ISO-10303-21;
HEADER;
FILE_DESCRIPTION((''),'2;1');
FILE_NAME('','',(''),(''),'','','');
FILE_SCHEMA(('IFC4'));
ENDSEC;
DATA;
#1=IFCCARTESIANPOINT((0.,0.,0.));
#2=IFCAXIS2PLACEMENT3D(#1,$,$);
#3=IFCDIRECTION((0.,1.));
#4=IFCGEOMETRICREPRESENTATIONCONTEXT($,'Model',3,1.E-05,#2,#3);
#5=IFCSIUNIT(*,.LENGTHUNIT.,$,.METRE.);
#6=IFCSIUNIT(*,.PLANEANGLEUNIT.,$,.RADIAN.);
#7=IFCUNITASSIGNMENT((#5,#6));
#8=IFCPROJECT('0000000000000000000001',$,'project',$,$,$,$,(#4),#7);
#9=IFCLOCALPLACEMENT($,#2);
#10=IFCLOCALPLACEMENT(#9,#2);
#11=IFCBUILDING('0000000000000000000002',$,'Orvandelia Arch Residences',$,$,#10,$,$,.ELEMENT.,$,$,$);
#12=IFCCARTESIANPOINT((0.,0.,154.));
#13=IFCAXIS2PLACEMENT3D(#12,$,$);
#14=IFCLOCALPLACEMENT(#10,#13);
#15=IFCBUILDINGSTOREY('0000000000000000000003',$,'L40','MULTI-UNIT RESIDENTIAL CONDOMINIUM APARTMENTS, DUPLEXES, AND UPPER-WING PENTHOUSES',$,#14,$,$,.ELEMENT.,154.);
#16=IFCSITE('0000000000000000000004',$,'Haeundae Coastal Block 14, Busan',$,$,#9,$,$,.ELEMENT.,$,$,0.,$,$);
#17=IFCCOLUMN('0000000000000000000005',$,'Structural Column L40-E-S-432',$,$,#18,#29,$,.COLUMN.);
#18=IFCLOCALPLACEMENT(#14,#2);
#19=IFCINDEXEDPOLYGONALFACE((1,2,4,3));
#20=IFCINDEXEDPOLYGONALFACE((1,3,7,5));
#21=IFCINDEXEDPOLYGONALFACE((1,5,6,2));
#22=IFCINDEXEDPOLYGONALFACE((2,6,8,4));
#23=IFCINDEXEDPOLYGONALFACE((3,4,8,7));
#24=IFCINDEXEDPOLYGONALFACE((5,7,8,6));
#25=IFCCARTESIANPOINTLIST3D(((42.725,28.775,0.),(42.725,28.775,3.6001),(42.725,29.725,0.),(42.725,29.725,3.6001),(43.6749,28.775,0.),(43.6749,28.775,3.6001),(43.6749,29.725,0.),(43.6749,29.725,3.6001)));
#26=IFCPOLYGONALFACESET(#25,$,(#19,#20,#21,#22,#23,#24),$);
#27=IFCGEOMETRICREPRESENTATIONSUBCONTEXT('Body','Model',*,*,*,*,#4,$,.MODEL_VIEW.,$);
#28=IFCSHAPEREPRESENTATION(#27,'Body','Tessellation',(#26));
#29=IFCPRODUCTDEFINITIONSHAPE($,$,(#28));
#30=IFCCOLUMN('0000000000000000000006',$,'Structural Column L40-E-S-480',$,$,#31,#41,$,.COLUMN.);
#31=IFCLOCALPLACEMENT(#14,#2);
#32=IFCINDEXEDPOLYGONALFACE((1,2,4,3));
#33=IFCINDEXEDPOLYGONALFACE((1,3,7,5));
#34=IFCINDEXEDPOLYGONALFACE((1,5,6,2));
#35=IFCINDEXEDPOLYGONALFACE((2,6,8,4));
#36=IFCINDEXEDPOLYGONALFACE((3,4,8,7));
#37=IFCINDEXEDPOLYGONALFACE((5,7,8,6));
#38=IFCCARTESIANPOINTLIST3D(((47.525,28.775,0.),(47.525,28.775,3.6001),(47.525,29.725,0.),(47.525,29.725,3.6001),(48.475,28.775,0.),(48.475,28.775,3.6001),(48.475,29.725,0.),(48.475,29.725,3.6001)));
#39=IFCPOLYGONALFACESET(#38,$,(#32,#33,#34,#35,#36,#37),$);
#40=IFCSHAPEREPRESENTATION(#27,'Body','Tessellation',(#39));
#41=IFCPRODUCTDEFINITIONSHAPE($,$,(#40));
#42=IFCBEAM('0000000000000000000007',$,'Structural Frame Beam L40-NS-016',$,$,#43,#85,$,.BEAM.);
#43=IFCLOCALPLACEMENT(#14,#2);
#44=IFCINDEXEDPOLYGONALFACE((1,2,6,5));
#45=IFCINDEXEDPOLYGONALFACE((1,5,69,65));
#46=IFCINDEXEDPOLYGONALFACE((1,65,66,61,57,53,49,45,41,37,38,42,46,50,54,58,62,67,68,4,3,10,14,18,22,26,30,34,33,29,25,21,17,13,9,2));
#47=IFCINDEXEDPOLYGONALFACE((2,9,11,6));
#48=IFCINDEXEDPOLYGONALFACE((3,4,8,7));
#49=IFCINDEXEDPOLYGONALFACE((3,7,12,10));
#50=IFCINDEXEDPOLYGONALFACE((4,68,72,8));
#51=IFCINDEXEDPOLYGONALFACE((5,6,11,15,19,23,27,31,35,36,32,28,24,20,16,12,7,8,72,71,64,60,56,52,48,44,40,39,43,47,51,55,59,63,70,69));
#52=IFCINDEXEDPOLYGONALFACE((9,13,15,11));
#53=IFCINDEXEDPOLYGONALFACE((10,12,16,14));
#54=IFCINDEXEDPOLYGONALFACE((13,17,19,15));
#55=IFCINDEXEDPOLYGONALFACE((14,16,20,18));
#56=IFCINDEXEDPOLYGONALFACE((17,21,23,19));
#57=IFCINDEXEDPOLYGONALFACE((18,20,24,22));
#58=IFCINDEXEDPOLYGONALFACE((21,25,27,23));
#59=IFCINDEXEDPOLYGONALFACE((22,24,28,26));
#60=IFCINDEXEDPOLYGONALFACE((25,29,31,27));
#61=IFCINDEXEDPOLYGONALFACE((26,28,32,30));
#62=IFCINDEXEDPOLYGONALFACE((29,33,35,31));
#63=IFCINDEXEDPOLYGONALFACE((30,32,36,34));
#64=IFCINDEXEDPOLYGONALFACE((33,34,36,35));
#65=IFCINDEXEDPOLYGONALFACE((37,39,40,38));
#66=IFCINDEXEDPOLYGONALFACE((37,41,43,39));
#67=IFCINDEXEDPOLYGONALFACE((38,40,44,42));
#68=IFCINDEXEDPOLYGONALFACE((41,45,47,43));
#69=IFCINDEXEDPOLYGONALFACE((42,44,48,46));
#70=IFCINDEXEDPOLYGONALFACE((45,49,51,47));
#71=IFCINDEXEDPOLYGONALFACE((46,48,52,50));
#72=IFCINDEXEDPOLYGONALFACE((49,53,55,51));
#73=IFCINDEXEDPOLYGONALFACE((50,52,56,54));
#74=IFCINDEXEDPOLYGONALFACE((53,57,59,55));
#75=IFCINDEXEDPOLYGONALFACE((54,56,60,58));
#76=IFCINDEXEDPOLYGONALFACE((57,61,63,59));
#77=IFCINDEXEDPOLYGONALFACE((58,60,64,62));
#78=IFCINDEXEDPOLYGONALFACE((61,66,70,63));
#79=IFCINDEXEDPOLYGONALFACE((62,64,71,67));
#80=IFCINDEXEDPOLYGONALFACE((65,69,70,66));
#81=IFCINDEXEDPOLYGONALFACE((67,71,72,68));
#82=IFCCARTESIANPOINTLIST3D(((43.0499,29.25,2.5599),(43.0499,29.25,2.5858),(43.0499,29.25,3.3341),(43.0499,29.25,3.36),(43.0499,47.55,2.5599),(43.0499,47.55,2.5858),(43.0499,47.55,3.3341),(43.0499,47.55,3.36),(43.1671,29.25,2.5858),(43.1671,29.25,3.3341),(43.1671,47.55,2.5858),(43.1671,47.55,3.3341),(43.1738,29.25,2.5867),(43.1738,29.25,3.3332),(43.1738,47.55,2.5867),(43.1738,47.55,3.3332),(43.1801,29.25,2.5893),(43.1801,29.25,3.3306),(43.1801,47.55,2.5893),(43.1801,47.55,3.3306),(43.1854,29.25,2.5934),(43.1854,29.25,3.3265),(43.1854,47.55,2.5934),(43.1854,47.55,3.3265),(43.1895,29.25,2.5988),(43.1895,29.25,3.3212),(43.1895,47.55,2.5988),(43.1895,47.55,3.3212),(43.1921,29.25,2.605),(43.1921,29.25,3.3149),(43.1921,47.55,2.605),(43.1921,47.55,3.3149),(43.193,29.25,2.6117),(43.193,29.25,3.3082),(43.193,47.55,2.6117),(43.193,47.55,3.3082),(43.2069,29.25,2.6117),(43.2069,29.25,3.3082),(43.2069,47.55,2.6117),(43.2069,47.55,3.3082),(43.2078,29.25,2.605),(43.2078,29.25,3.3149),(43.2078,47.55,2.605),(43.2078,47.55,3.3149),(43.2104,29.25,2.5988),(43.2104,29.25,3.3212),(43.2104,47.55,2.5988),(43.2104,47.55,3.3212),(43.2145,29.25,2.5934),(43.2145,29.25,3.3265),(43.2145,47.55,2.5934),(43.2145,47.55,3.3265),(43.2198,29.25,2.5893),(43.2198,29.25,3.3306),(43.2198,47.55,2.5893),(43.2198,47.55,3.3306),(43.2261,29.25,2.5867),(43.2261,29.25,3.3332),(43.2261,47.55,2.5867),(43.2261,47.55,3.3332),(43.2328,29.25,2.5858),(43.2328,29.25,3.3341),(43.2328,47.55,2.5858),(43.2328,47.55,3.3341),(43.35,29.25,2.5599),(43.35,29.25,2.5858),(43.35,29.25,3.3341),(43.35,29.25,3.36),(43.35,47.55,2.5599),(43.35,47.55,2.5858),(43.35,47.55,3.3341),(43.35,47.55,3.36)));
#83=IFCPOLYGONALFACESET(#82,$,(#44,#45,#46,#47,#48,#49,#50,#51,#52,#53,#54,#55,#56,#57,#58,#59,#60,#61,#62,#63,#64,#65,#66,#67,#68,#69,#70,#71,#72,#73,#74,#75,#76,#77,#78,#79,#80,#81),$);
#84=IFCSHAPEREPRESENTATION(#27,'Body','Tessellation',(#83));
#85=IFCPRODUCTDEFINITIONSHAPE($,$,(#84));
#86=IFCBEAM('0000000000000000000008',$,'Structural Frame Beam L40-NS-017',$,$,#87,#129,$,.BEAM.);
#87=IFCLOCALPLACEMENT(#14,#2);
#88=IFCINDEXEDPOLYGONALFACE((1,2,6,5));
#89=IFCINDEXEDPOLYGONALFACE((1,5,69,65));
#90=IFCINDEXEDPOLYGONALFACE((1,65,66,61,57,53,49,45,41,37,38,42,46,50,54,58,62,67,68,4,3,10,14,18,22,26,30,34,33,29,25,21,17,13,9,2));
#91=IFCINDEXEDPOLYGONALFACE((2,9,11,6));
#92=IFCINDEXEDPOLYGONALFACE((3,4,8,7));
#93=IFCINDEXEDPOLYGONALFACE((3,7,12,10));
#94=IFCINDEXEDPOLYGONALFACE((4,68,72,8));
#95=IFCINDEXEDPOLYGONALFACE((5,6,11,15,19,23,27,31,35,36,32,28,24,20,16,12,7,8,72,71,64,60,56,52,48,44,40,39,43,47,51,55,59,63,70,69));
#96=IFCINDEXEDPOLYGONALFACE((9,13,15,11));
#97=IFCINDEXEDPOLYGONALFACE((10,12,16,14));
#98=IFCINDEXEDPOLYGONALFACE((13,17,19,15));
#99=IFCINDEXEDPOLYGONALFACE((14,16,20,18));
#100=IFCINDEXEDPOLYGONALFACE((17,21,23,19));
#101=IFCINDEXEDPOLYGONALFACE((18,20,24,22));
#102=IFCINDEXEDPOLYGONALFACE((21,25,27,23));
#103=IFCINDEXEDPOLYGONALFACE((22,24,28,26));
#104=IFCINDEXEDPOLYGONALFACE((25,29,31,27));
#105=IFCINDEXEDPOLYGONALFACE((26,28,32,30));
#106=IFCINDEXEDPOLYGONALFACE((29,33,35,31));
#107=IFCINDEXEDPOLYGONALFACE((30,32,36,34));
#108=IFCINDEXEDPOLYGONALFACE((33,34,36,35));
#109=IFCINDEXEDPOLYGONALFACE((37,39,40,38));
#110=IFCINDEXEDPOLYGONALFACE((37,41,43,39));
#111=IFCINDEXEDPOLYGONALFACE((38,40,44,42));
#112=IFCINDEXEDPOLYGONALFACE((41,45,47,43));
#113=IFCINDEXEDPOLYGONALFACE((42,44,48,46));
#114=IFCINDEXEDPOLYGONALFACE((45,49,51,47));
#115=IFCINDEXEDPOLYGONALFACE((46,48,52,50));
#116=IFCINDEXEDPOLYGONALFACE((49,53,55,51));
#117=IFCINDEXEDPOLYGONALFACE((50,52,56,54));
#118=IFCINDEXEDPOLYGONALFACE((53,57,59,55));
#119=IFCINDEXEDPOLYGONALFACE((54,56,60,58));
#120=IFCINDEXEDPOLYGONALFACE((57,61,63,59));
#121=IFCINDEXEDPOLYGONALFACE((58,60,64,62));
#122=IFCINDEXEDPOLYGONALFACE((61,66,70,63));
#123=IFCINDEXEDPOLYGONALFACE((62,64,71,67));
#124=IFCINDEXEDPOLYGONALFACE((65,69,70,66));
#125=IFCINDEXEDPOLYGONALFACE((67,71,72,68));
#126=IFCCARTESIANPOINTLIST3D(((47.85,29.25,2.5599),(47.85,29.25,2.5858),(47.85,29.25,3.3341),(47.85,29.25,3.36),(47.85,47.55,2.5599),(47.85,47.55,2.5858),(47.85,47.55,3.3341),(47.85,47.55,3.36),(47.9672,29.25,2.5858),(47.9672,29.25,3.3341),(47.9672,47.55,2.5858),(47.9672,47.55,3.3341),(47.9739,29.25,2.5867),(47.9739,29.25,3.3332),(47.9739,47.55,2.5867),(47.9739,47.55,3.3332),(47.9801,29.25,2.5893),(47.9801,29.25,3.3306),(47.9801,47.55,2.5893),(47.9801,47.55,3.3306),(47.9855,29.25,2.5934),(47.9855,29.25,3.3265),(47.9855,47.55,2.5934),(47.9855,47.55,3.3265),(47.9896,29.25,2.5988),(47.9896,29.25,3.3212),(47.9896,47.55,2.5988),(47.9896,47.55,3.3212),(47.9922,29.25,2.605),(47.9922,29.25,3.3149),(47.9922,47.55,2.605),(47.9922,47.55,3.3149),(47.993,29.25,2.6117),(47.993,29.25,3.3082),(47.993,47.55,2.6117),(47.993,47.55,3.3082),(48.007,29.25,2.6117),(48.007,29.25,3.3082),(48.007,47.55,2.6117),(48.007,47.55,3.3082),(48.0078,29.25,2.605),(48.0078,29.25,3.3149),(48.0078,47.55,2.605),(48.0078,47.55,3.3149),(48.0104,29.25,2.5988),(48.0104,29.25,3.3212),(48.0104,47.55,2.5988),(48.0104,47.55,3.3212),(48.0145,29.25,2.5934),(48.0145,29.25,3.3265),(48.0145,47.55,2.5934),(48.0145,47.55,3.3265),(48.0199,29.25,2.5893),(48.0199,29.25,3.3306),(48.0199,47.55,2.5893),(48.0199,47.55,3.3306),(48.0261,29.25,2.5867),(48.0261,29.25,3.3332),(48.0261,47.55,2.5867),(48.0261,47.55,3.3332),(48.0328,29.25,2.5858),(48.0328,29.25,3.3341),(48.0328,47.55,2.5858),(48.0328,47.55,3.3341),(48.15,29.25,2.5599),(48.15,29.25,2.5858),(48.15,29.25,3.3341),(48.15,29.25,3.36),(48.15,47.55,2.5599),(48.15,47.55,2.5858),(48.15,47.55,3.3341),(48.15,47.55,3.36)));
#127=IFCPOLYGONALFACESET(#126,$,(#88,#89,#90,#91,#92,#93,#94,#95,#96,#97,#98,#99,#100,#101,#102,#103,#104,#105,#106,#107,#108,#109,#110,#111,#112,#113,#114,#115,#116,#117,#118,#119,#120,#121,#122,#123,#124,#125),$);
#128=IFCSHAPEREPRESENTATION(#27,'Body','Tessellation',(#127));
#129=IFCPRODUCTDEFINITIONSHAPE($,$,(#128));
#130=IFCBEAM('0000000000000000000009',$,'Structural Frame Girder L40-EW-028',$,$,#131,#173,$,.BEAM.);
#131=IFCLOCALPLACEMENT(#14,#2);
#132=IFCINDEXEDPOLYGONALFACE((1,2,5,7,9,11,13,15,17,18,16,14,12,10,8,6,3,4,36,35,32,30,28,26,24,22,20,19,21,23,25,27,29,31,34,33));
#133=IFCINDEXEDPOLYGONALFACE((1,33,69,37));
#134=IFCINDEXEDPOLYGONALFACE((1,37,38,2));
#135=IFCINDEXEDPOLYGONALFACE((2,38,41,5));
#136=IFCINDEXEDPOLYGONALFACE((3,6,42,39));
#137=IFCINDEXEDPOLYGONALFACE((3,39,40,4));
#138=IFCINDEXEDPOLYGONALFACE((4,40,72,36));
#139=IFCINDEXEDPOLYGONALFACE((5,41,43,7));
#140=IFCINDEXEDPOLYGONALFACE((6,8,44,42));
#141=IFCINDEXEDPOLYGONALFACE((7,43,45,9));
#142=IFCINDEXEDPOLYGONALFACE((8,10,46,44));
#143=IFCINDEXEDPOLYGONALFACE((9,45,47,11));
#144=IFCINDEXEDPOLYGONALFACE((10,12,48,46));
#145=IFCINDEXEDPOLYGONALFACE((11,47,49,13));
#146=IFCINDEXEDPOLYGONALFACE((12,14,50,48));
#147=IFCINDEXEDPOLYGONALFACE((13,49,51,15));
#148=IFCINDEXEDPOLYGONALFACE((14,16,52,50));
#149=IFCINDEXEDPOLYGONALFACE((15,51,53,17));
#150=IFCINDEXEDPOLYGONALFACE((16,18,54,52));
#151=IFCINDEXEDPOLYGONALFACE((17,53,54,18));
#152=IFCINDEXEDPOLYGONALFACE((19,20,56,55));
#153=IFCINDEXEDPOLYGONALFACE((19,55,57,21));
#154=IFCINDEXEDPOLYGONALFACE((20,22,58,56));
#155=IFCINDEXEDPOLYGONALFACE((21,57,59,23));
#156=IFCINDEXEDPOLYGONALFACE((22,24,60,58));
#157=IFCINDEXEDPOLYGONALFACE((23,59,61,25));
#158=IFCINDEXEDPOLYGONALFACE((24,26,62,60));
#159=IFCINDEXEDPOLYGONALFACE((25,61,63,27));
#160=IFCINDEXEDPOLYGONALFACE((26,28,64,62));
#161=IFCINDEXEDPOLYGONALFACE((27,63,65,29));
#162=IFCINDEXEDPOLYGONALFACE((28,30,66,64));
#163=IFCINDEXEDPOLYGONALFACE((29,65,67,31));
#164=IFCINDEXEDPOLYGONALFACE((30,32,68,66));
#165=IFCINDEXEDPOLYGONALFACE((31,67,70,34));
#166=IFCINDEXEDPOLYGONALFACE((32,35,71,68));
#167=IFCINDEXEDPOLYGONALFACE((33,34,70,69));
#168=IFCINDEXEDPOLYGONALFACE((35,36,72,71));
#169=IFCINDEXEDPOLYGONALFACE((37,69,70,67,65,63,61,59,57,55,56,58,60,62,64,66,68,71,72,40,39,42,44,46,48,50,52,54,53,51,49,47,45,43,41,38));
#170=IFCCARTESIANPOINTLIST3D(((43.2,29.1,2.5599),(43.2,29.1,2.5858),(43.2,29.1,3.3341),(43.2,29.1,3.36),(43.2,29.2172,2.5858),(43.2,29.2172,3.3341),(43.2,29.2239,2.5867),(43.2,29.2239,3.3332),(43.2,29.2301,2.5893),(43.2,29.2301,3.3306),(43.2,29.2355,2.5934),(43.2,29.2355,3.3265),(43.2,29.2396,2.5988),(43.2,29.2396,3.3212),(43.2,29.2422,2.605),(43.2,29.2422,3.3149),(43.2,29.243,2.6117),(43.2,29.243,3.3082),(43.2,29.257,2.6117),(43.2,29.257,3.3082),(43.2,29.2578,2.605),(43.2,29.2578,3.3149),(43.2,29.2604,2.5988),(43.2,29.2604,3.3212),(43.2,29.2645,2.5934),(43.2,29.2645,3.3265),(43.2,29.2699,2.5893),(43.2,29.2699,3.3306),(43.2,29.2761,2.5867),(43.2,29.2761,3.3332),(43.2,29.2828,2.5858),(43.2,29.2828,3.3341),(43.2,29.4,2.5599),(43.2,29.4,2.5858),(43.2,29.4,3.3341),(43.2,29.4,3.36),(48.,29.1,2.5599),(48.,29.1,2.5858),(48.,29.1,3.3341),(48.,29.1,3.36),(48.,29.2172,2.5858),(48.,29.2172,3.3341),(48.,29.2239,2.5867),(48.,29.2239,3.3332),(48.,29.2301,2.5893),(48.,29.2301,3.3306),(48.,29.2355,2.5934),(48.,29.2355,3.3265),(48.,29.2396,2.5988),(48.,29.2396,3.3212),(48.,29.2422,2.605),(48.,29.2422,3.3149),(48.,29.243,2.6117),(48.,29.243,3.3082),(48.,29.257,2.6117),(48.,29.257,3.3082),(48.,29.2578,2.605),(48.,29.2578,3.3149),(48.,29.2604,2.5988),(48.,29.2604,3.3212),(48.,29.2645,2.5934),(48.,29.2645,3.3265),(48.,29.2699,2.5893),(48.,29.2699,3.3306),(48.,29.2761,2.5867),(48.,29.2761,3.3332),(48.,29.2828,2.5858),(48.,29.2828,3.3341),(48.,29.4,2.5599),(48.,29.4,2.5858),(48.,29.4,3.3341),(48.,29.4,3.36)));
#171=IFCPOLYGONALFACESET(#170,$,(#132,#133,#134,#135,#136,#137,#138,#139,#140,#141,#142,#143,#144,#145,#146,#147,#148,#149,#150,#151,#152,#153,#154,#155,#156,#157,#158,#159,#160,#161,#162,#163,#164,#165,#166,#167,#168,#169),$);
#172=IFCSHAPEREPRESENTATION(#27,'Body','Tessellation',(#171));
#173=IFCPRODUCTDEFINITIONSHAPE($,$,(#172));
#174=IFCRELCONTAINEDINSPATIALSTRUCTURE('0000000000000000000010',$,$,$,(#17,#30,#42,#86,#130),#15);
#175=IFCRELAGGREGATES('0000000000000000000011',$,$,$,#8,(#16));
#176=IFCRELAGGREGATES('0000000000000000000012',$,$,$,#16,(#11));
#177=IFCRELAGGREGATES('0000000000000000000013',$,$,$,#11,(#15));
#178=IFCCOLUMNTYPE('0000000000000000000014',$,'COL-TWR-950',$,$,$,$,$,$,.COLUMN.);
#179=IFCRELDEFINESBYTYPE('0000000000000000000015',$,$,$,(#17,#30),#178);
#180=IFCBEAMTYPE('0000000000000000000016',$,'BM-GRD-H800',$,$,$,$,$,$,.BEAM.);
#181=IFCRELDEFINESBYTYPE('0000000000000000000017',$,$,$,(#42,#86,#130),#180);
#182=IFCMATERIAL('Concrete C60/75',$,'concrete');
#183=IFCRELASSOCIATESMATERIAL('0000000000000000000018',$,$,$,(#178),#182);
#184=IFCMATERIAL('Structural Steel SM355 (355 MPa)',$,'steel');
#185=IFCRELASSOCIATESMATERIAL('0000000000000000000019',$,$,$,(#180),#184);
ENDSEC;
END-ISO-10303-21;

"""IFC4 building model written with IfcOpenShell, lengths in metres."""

from ifc_helpers import new_model, si_unit, direction, frame, origin, origin_2d, place, context, subcontext, project, spatial, rectangle, i_section, extrude, material, material_profile, profile_set, type_object, element, save


model = new_model("IFC4")

# Units and contexts
model_context = context("Model", 3, precision=1e-05, world=origin(), true_north=direction((0.0, 1.0)))
body_context = subcontext(model_context, "Body", "Model", "MODEL_VIEW")
ifc_project = project(units=[si_unit("LENGTHUNIT", "METRE"), si_unit("PLANEANGLEUNIT", "RADIAN")], contexts=[model_context])

# Site, building, storey
site_placement = place(None, origin())
site = spatial("IfcSite", under=ifc_project, at=site_placement, Name="Haeundae Coastal Block 14, Busan", CompositionType="ELEMENT", RefElevation=0.0)
building_placement = place(site_placement, origin())
building = spatial("IfcBuilding", under=site, at=building_placement, Name="Orvandelia Arch Residences", CompositionType="ELEMENT")
storey_placement = place(building_placement, frame((0.0, 0.0, 154.0)))
storey = spatial("IfcBuildingStorey", under=building, at=storey_placement, Name="L40", Description="MULTI-UNIT RESIDENTIAL CONDOMINIUM APARTMENTS, DUPLEXES, AND UPPER-WING PENTHOUSES", CompositionType="ELEMENT", Elevation=154.0)

# Columns
ifc_material_1 = material(Name="Concrete C60/75", Category="concrete")
ifc_material_profile_1 = material_profile(ifc_material_1, rectangle(XDim=0.95, YDim=0.95, at=origin_2d()), Name="Concrete C60/75", Category="concrete")
ifc_profile_set_1 = profile_set([ifc_material_profile_1], Name="Concrete C60/75")
column_type = type_object("IfcColumnType", Name="COL-TWR-950", PredefinedType="COLUMN", material=ifc_profile_set_1)
for number, where, z_axis, x_axis, name in (
    (1, (43.2, 29.25, 0.0), (0.0, 0.0, 1.0), (1.0, 0.0, 0.0), "Structural Column L40-E-S-432"),
    (2, (48.0, 29.25, 0.0), (0.0, 0.0, 1.0), (1.0, 0.0, 0.0), "Structural Column L40-E-S-480"),
):
    element("IfcColumn", number, at=place(storey_placement, frame(where, z_axis=z_axis, x_axis=x_axis)), inside=storey, type_object=column_type, Name=name, PredefinedType="COLUMN", context=body_context, shape_type="SweptSolid", body=[
        extrude(rectangle(XDim=0.95, YDim=0.95, at=origin_2d()), origin(), (0.0, 0.0, 1.0), 3.6001),
    ])

# Beams
ifc_material_2 = material(Name="Structural Steel SM355 (355 MPa)", Category="steel")
ifc_material_profile_2 = material_profile(ifc_material_2, i_section(OverallWidth=0.3, OverallDepth=0.8, WebThickness=0.0139, FlangeThickness=0.0259, FilletRadius=0.0259, at=origin_2d()), Name="Structural Steel SM355 (355 MPa)", Category="steel")
ifc_profile_set_2 = profile_set([ifc_material_profile_2], Name="Structural Steel SM355 (355 MPa)")
beam_type = type_object("IfcBeamType", Name="BM-GRD-H800", PredefinedType="BEAM", material=ifc_profile_set_2)
for number, where, z_axis, x_axis, name in (
    (3, (43.2, 29.25, 2.96), (0.0, 1.0, 0.0), (-1.0, 0.0, 0.0), "Structural Frame Beam L40-NS-016"),
    (4, (48.0, 29.25, 2.96), (0.0, 1.0, 0.0), (-1.0, 0.0, 0.0), "Structural Frame Beam L40-NS-017"),
):
    element("IfcBeam", number, at=place(storey_placement, frame(where, z_axis=z_axis, x_axis=x_axis)), inside=storey, type_object=beam_type, Name=name, PredefinedType="BEAM", context=body_context, shape_type="SweptSolid", body=[
        extrude(i_section(OverallWidth=0.3, OverallDepth=0.8, WebThickness=0.0139, FlangeThickness=0.0259, FilletRadius=0.0259, at=origin_2d()), origin(), (0.0, 0.0, 1.0), 18.3),
    ])
beam_placement = place(storey_placement, frame((43.2, 29.25, 2.96), z_axis=(1.0, 0.0, 0.0), x_axis=(0.0, 1.0, 0.0)))
element("IfcBeam", 5, at=beam_placement, inside=storey, type_object=beam_type, Name="Structural Frame Girder L40-EW-028", PredefinedType="BEAM", context=body_context, shape_type="SweptSolid", body=[
    extrude(i_section(OverallWidth=0.3, OverallDepth=0.8, WebThickness=0.0139, FlangeThickness=0.0259, FilletRadius=0.0259, at=origin_2d()), origin(), (0.0, 0.0, 1.0), 4.8),
])

save(model, "model.ifc")
